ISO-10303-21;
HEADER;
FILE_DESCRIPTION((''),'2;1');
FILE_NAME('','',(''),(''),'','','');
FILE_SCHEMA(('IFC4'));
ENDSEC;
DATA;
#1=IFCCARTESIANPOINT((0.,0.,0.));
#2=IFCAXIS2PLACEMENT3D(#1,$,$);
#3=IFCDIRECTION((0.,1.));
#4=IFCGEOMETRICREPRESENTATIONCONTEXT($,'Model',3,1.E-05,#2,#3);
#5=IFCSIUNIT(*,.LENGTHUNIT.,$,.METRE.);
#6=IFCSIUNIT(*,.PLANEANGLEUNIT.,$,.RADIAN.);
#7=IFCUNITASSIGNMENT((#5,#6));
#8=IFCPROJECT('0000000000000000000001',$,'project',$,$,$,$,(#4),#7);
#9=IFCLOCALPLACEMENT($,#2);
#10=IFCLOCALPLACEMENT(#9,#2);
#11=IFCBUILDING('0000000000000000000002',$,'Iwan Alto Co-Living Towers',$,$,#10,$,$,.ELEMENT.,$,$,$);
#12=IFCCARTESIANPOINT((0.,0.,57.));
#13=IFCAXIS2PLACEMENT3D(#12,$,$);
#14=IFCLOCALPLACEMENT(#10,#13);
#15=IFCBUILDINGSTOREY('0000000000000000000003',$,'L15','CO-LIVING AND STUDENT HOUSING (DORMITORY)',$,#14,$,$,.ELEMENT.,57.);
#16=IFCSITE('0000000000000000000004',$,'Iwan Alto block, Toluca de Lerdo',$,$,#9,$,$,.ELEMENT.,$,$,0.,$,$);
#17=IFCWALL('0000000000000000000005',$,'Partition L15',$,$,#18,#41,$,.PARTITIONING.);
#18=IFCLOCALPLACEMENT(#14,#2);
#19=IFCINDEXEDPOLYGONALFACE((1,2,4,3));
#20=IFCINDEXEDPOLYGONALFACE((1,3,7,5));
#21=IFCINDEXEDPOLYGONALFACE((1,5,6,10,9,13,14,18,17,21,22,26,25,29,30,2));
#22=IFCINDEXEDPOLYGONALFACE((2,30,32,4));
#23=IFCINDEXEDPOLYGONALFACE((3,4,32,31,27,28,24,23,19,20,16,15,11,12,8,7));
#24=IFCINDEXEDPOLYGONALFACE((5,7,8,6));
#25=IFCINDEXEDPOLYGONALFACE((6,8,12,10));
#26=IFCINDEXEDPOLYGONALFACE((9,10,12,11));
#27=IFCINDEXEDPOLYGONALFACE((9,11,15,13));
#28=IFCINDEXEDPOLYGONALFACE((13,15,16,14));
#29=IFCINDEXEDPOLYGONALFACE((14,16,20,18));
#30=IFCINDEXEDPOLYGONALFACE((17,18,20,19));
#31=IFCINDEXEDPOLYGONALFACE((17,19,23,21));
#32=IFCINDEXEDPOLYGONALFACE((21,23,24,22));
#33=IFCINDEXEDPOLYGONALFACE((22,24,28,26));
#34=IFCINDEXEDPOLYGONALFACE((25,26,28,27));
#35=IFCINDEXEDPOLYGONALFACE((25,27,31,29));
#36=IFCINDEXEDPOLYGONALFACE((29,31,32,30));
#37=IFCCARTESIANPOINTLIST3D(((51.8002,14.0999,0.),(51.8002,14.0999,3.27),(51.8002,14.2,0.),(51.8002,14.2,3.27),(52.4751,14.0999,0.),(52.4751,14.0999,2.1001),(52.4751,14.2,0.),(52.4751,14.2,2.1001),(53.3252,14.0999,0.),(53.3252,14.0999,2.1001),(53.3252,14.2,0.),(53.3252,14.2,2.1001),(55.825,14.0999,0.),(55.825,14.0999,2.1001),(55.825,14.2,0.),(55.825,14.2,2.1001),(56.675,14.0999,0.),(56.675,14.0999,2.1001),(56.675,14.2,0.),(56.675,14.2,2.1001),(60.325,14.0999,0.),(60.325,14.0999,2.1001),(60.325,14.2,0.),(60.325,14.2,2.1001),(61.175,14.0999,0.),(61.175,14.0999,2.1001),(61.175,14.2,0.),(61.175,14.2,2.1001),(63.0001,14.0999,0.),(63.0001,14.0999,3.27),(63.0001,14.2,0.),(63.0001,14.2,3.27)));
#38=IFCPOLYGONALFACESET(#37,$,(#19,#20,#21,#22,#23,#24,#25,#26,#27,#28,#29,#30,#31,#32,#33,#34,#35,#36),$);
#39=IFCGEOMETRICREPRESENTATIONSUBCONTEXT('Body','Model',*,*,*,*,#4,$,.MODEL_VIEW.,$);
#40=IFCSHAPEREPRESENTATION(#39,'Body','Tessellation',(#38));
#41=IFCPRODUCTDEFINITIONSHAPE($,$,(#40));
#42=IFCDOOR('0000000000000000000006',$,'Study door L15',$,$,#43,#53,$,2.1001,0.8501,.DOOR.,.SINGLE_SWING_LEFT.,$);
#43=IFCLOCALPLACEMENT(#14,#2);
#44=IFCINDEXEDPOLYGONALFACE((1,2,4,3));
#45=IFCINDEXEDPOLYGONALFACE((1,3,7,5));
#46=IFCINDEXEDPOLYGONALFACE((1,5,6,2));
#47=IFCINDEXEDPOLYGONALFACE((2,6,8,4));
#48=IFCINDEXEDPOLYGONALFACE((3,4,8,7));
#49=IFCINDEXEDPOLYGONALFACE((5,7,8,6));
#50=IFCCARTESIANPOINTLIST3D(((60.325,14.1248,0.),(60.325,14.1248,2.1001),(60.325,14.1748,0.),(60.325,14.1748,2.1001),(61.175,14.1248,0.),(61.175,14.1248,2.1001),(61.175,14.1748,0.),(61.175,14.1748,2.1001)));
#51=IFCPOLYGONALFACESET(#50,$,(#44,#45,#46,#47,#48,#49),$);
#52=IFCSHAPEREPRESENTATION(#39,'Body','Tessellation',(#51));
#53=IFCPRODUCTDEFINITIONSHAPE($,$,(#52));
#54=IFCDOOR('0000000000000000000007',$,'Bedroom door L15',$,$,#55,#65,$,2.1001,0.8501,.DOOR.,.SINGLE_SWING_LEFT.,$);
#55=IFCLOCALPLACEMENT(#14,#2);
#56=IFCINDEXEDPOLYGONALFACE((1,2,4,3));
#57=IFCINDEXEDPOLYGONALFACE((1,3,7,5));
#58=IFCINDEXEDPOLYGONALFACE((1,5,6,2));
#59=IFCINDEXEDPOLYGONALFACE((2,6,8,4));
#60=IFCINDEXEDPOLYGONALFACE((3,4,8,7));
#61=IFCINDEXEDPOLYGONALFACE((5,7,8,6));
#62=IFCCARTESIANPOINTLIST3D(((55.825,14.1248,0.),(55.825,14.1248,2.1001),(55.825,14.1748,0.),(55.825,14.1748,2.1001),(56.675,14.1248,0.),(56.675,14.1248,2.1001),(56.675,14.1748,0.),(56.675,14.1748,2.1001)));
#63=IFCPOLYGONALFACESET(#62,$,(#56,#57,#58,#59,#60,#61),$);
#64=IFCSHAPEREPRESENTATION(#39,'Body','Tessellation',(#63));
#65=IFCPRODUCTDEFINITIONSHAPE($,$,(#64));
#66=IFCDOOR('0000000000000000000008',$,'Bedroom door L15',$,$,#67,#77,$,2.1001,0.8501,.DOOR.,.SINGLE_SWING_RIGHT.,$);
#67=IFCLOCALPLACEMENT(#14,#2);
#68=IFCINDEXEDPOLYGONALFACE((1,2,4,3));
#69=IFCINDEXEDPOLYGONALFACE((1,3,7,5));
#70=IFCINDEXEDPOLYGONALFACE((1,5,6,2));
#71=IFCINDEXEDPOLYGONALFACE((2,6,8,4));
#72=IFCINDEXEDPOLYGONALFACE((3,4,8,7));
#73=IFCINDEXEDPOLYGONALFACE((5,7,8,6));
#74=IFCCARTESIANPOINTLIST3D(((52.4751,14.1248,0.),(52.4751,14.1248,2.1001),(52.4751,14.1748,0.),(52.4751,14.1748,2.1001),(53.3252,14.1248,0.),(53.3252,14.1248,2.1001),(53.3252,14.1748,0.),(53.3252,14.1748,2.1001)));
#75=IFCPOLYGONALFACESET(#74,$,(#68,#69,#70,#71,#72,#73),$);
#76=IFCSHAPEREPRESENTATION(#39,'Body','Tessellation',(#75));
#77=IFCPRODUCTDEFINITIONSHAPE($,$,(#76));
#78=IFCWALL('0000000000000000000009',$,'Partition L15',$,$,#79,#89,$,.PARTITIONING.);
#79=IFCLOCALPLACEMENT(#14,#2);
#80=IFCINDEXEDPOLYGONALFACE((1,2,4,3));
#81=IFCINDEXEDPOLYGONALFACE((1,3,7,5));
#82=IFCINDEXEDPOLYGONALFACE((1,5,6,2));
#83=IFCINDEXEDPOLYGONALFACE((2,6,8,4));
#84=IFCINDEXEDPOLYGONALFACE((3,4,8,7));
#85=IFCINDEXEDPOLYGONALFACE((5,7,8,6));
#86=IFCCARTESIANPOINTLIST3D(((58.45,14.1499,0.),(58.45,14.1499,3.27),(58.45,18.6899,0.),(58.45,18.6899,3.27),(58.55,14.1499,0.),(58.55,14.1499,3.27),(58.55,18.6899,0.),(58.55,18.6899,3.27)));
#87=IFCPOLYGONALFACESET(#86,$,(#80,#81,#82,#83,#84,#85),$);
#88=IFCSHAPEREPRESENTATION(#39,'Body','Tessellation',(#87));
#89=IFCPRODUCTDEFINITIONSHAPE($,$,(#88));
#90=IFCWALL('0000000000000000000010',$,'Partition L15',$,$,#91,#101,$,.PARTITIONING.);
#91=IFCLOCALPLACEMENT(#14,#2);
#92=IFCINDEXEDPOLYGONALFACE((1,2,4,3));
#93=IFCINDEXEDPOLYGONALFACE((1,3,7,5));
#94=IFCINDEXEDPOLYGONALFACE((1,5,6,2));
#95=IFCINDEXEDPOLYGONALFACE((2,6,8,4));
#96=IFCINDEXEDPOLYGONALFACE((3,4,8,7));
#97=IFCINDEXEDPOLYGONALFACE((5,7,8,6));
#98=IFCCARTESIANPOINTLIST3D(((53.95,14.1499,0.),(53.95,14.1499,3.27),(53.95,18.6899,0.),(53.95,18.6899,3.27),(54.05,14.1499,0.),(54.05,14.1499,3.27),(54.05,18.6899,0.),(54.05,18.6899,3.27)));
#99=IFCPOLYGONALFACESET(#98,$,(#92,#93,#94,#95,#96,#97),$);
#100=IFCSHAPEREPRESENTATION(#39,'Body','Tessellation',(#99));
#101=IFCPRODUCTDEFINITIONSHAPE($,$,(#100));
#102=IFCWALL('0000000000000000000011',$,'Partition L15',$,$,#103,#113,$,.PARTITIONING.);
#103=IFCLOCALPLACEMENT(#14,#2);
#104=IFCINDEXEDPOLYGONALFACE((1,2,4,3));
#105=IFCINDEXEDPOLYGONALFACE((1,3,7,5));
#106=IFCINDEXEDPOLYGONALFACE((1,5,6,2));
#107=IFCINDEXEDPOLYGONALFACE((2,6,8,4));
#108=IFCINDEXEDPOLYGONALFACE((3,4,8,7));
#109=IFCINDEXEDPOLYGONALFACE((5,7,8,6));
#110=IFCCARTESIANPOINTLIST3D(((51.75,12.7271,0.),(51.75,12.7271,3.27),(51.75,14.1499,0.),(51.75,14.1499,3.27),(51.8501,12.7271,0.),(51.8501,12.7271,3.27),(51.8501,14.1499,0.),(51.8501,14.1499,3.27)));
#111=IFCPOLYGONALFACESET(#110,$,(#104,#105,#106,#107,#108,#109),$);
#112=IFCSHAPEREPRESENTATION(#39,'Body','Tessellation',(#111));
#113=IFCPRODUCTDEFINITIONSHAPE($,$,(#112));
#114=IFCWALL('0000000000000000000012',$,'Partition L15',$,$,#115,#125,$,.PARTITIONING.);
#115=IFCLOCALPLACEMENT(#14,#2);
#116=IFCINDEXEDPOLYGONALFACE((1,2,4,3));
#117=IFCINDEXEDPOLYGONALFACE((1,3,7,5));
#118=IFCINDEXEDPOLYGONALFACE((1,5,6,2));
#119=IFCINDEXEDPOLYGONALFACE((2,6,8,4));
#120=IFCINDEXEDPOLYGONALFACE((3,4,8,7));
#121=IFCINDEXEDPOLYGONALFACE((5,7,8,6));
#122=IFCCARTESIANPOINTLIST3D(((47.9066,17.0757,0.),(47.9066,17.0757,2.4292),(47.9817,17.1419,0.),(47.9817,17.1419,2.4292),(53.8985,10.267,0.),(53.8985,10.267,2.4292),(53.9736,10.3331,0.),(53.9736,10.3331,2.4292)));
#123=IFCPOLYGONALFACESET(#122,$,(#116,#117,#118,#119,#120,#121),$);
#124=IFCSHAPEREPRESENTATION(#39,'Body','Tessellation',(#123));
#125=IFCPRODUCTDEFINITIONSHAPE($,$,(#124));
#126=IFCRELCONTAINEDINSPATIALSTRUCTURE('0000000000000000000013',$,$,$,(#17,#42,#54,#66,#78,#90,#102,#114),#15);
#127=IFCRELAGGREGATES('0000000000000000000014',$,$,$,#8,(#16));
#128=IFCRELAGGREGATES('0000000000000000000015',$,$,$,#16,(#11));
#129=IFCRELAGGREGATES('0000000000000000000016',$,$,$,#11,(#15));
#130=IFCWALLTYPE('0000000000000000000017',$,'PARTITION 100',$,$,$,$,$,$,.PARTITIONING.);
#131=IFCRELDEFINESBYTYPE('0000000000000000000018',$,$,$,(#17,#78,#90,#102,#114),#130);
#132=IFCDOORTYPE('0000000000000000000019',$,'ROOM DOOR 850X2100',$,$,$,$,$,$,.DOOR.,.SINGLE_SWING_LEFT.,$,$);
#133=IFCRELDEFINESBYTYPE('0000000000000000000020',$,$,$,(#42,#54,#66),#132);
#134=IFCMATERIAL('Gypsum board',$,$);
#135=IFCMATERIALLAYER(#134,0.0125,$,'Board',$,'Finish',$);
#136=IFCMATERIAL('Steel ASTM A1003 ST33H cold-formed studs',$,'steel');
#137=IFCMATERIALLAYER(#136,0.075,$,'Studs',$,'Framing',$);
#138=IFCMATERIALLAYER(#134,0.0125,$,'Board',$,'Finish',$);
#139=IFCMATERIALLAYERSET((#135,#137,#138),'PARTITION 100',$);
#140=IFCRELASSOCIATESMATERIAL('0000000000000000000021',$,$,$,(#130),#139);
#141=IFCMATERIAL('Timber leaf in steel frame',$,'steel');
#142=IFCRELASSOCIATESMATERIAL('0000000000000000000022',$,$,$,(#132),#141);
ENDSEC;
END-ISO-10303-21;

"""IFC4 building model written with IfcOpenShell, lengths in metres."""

from ifc_helpers import new_model, si_unit, direction, frame, frame_2d, origin, place, context, subcontext, project, spatial, rectangle, extrude, material, layer, layer_set, type_object, element, fill, save


model = new_model("IFC4")

# Units and contexts
model_context = context("Model", 3, precision=1e-05, world=origin(), true_north=direction((0.0, 1.0)))
body_context = subcontext(model_context, "Body", "Model", "MODEL_VIEW")
ifc_project = project(units=[si_unit("LENGTHUNIT", "METRE"), si_unit("PLANEANGLEUNIT", "RADIAN")], contexts=[model_context])

# Site, building, storey
site_placement = place(None, origin())
site = spatial("IfcSite", under=ifc_project, at=site_placement, Name="Iwan Alto block, Toluca de Lerdo", CompositionType="ELEMENT", RefElevation=0.0)
building_placement = place(site_placement, origin())
building = spatial("IfcBuilding", under=site, at=building_placement, Name="Iwan Alto Co-Living Towers", CompositionType="ELEMENT")
storey_placement = place(building_placement, frame((0.0, 0.0, 57.0)))
storey = spatial("IfcBuildingStorey", under=building, at=storey_placement, Name="L15", Description="CO-LIVING AND STUDENT HOUSING (DORMITORY)", CompositionType="ELEMENT", Elevation=57.0)

# Shared definitions
ifc_material_1 = material(Name="Gypsum board")
ifc_material_2 = material(Name="Steel ASTM A1003 ST33H cold-formed studs", Category="steel")

# Wall, openings, doors
ifc_layer_1 = layer(ifc_material_1, 0.0125, Name="Board", Category="Finish")
ifc_layer_2 = layer(ifc_material_2, 0.075, Name="Studs", Category="Framing")
ifc_layer_3 = layer(ifc_material_1, 0.0125, Name="Board", Category="Finish")
ifc_layer_set_1 = layer_set([ifc_layer_1, ifc_layer_2, ifc_layer_3], Name="PARTITION 100")
wall_type_1 = type_object("IfcWallType", Name="PARTITION 100", PredefinedType="PARTITIONING", material=ifc_layer_set_1)
wall_1_placement = place(storey_placement, frame((51.8, 14.1499, 0.0), z_axis=(0.0, 0.0, 1.0), x_axis=(1.0, 0.0, 0.0)))
wall_1 = element("IfcWall", 1, at=wall_1_placement, inside=storey, type_object=wall_type_1, Name="Partition L15", PredefinedType="PARTITIONING", context=body_context, shape_type="SweptSolid", body=[
    extrude(rectangle(XDim=11.2, YDim=0.1001, at=frame_2d((5.6001, 0.0))), origin(), (0.0, 0.0, 1.0), 3.27),
])
opening_1_placement = place(wall_1_placement, frame((8.5249, 0.0, 0.0)))
opening_1 = element("IfcOpeningElement", 2, at=opening_1_placement, cuts=wall_1, PredefinedType="OPENING", context=body_context, shape_type="SweptSolid", body=[
    extrude(rectangle(XDim=0.8501, YDim=2.1001, at=frame_2d((0.425, 1.05))), frame((0.0, 0.0601, 0.0), z_axis=(0.0, -1.0, 0.0), x_axis=(1.0, 0.0, 0.0)), (0.0, 0.0, 1.0), 0.1201),
])
opening_2_placement = place(wall_1_placement, frame((4.0249, 0.0, 0.0)))
opening_2 = element("IfcOpeningElement", 3, at=opening_2_placement, cuts=wall_1, PredefinedType="OPENING", context=body_context, shape_type="SweptSolid", body=[
    extrude(rectangle(XDim=0.8501, YDim=2.1001, at=frame_2d((0.425, 1.05))), frame((0.0, 0.0601, 0.0), z_axis=(0.0, -1.0, 0.0), x_axis=(1.0, 0.0, 0.0)), (0.0, 0.0, 1.0), 0.1201),
])
opening_3_placement = place(wall_1_placement, frame((0.675, 0.0, 0.0)))
opening_3 = element("IfcOpeningElement", 4, at=opening_3_placement, cuts=wall_1, PredefinedType="OPENING", context=body_context, shape_type="SweptSolid", body=[
    extrude(rectangle(XDim=0.8501, YDim=2.1001, at=frame_2d((0.425, 1.05))), frame((0.0, 0.0601, 0.0), z_axis=(0.0, -1.0, 0.0), x_axis=(1.0, 0.0, 0.0)), (0.0, 0.0, 1.0), 0.1201),
])
ifc_material_3 = material(Name="Timber leaf in steel frame", Category="steel")
door_type_1 = type_object("IfcDoorType", Name="ROOM DOOR 850X2100", OperationType="SINGLE_SWING_LEFT", PredefinedType="DOOR", material=ifc_material_3)
door_1_placement = place(opening_1_placement, origin())
door_1 = element("IfcDoor", 5, at=door_1_placement, inside=storey, type_object=door_type_1, Name="Study door L15", OperationType="SINGLE_SWING_LEFT", OverallHeight=2.1001, OverallWidth=0.8501, PredefinedType="DOOR", context=body_context, shape_type="SweptSolid", body=[
    extrude(rectangle(XDim=0.8501, YDim=2.1001, at=frame_2d((0.425, 1.05))), frame((0.0, 0.0249, 0.0), z_axis=(0.0, -1.0, 0.0), x_axis=(1.0, 0.0, 0.0)), (0.0, 0.0, 1.0), 0.05),
])
fill(opening_1, door_1)
door_2_placement = place(opening_2_placement, origin())
door_2 = element("IfcDoor", 6, at=door_2_placement, inside=storey, type_object=door_type_1, Name="Bedroom door L15", OperationType="SINGLE_SWING_LEFT", OverallHeight=2.1001, OverallWidth=0.8501, PredefinedType="DOOR", context=body_context, shape_type="SweptSolid", body=[
    extrude(rectangle(XDim=0.8501, YDim=2.1001, at=frame_2d((0.425, 1.05))), frame((0.0, 0.0249, 0.0), z_axis=(0.0, -1.0, 0.0), x_axis=(1.0, 0.0, 0.0)), (0.0, 0.0, 1.0), 0.05),
])
fill(opening_2, door_2)
door_3_placement = place(opening_3_placement, origin())
door_3 = element("IfcDoor", 7, at=door_3_placement, inside=storey, type_object=door_type_1, Name="Bedroom door L15", OperationType="SINGLE_SWING_RIGHT", OverallHeight=2.1001, OverallWidth=0.8501, PredefinedType="DOOR", context=body_context, shape_type="SweptSolid", body=[
    extrude(rectangle(XDim=0.8501, YDim=2.1001, at=frame_2d((0.425, 1.05))), frame((0.0, 0.0249, 0.0), z_axis=(0.0, -1.0, 0.0), x_axis=(1.0, 0.0, 0.0)), (0.0, 0.0, 1.0), 0.05),
])
fill(opening_3, door_3)

# Walls
for number, where, z_axis, x_axis, name in (
    (8, (58.5, 14.1499, 0.0), (0.0, 0.0, 1.0), (0.0, 1.0, 0.0), "Partition L15"),
    (9, (54.0, 14.1499, 0.0), (0.0, 0.0, 1.0), (0.0, 1.0, 0.0), "Partition L15"),
):
    element("IfcWall", number, at=place(storey_placement, frame(where, z_axis=z_axis, x_axis=x_axis)), inside=storey, type_object=wall_type_1, Name=name, PredefinedType="PARTITIONING", context=body_context, shape_type="SweptSolid", body=[
        extrude(rectangle(XDim=4.54, YDim=0.1001, at=frame_2d((2.27, 0.0))), origin(), (0.0, 0.0, 1.0), 3.27),
    ])
wall_2_placement = place(storey_placement, frame((51.8, 12.7271, 0.0), z_axis=(0.0, 0.0, 1.0), x_axis=(0.0, 1.0, 0.0)))
element("IfcWall", 10, at=wall_2_placement, inside=storey, type_object=wall_type_1, Name="Partition L15", PredefinedType="PARTITIONING", context=body_context, shape_type="SweptSolid", body=[
    extrude(rectangle(XDim=1.4229, YDim=0.1001, at=frame_2d((0.7114, 0.0))), origin(), (0.0, 0.0, 1.0), 3.27),
])
wall_3_placement = place(storey_placement, frame((53.936, 10.3, 0.0), z_axis=(0.0, 0.0, 1.0), x_axis=(-0.660638, 0.750704, 0.0)))
element("IfcWall", 11, at=wall_3_placement, inside=storey, type_object=wall_type_1, Name="Partition L15", PredefinedType="PARTITIONING", context=body_context, shape_type="SweptSolid", body=[
    extrude(rectangle(XDim=9.0698, YDim=0.1001, at=frame_2d((4.5349, 0.0))), origin(), (0.0, 0.0, 1.0), 2.4292),
])

save(model, "model.ifc")
